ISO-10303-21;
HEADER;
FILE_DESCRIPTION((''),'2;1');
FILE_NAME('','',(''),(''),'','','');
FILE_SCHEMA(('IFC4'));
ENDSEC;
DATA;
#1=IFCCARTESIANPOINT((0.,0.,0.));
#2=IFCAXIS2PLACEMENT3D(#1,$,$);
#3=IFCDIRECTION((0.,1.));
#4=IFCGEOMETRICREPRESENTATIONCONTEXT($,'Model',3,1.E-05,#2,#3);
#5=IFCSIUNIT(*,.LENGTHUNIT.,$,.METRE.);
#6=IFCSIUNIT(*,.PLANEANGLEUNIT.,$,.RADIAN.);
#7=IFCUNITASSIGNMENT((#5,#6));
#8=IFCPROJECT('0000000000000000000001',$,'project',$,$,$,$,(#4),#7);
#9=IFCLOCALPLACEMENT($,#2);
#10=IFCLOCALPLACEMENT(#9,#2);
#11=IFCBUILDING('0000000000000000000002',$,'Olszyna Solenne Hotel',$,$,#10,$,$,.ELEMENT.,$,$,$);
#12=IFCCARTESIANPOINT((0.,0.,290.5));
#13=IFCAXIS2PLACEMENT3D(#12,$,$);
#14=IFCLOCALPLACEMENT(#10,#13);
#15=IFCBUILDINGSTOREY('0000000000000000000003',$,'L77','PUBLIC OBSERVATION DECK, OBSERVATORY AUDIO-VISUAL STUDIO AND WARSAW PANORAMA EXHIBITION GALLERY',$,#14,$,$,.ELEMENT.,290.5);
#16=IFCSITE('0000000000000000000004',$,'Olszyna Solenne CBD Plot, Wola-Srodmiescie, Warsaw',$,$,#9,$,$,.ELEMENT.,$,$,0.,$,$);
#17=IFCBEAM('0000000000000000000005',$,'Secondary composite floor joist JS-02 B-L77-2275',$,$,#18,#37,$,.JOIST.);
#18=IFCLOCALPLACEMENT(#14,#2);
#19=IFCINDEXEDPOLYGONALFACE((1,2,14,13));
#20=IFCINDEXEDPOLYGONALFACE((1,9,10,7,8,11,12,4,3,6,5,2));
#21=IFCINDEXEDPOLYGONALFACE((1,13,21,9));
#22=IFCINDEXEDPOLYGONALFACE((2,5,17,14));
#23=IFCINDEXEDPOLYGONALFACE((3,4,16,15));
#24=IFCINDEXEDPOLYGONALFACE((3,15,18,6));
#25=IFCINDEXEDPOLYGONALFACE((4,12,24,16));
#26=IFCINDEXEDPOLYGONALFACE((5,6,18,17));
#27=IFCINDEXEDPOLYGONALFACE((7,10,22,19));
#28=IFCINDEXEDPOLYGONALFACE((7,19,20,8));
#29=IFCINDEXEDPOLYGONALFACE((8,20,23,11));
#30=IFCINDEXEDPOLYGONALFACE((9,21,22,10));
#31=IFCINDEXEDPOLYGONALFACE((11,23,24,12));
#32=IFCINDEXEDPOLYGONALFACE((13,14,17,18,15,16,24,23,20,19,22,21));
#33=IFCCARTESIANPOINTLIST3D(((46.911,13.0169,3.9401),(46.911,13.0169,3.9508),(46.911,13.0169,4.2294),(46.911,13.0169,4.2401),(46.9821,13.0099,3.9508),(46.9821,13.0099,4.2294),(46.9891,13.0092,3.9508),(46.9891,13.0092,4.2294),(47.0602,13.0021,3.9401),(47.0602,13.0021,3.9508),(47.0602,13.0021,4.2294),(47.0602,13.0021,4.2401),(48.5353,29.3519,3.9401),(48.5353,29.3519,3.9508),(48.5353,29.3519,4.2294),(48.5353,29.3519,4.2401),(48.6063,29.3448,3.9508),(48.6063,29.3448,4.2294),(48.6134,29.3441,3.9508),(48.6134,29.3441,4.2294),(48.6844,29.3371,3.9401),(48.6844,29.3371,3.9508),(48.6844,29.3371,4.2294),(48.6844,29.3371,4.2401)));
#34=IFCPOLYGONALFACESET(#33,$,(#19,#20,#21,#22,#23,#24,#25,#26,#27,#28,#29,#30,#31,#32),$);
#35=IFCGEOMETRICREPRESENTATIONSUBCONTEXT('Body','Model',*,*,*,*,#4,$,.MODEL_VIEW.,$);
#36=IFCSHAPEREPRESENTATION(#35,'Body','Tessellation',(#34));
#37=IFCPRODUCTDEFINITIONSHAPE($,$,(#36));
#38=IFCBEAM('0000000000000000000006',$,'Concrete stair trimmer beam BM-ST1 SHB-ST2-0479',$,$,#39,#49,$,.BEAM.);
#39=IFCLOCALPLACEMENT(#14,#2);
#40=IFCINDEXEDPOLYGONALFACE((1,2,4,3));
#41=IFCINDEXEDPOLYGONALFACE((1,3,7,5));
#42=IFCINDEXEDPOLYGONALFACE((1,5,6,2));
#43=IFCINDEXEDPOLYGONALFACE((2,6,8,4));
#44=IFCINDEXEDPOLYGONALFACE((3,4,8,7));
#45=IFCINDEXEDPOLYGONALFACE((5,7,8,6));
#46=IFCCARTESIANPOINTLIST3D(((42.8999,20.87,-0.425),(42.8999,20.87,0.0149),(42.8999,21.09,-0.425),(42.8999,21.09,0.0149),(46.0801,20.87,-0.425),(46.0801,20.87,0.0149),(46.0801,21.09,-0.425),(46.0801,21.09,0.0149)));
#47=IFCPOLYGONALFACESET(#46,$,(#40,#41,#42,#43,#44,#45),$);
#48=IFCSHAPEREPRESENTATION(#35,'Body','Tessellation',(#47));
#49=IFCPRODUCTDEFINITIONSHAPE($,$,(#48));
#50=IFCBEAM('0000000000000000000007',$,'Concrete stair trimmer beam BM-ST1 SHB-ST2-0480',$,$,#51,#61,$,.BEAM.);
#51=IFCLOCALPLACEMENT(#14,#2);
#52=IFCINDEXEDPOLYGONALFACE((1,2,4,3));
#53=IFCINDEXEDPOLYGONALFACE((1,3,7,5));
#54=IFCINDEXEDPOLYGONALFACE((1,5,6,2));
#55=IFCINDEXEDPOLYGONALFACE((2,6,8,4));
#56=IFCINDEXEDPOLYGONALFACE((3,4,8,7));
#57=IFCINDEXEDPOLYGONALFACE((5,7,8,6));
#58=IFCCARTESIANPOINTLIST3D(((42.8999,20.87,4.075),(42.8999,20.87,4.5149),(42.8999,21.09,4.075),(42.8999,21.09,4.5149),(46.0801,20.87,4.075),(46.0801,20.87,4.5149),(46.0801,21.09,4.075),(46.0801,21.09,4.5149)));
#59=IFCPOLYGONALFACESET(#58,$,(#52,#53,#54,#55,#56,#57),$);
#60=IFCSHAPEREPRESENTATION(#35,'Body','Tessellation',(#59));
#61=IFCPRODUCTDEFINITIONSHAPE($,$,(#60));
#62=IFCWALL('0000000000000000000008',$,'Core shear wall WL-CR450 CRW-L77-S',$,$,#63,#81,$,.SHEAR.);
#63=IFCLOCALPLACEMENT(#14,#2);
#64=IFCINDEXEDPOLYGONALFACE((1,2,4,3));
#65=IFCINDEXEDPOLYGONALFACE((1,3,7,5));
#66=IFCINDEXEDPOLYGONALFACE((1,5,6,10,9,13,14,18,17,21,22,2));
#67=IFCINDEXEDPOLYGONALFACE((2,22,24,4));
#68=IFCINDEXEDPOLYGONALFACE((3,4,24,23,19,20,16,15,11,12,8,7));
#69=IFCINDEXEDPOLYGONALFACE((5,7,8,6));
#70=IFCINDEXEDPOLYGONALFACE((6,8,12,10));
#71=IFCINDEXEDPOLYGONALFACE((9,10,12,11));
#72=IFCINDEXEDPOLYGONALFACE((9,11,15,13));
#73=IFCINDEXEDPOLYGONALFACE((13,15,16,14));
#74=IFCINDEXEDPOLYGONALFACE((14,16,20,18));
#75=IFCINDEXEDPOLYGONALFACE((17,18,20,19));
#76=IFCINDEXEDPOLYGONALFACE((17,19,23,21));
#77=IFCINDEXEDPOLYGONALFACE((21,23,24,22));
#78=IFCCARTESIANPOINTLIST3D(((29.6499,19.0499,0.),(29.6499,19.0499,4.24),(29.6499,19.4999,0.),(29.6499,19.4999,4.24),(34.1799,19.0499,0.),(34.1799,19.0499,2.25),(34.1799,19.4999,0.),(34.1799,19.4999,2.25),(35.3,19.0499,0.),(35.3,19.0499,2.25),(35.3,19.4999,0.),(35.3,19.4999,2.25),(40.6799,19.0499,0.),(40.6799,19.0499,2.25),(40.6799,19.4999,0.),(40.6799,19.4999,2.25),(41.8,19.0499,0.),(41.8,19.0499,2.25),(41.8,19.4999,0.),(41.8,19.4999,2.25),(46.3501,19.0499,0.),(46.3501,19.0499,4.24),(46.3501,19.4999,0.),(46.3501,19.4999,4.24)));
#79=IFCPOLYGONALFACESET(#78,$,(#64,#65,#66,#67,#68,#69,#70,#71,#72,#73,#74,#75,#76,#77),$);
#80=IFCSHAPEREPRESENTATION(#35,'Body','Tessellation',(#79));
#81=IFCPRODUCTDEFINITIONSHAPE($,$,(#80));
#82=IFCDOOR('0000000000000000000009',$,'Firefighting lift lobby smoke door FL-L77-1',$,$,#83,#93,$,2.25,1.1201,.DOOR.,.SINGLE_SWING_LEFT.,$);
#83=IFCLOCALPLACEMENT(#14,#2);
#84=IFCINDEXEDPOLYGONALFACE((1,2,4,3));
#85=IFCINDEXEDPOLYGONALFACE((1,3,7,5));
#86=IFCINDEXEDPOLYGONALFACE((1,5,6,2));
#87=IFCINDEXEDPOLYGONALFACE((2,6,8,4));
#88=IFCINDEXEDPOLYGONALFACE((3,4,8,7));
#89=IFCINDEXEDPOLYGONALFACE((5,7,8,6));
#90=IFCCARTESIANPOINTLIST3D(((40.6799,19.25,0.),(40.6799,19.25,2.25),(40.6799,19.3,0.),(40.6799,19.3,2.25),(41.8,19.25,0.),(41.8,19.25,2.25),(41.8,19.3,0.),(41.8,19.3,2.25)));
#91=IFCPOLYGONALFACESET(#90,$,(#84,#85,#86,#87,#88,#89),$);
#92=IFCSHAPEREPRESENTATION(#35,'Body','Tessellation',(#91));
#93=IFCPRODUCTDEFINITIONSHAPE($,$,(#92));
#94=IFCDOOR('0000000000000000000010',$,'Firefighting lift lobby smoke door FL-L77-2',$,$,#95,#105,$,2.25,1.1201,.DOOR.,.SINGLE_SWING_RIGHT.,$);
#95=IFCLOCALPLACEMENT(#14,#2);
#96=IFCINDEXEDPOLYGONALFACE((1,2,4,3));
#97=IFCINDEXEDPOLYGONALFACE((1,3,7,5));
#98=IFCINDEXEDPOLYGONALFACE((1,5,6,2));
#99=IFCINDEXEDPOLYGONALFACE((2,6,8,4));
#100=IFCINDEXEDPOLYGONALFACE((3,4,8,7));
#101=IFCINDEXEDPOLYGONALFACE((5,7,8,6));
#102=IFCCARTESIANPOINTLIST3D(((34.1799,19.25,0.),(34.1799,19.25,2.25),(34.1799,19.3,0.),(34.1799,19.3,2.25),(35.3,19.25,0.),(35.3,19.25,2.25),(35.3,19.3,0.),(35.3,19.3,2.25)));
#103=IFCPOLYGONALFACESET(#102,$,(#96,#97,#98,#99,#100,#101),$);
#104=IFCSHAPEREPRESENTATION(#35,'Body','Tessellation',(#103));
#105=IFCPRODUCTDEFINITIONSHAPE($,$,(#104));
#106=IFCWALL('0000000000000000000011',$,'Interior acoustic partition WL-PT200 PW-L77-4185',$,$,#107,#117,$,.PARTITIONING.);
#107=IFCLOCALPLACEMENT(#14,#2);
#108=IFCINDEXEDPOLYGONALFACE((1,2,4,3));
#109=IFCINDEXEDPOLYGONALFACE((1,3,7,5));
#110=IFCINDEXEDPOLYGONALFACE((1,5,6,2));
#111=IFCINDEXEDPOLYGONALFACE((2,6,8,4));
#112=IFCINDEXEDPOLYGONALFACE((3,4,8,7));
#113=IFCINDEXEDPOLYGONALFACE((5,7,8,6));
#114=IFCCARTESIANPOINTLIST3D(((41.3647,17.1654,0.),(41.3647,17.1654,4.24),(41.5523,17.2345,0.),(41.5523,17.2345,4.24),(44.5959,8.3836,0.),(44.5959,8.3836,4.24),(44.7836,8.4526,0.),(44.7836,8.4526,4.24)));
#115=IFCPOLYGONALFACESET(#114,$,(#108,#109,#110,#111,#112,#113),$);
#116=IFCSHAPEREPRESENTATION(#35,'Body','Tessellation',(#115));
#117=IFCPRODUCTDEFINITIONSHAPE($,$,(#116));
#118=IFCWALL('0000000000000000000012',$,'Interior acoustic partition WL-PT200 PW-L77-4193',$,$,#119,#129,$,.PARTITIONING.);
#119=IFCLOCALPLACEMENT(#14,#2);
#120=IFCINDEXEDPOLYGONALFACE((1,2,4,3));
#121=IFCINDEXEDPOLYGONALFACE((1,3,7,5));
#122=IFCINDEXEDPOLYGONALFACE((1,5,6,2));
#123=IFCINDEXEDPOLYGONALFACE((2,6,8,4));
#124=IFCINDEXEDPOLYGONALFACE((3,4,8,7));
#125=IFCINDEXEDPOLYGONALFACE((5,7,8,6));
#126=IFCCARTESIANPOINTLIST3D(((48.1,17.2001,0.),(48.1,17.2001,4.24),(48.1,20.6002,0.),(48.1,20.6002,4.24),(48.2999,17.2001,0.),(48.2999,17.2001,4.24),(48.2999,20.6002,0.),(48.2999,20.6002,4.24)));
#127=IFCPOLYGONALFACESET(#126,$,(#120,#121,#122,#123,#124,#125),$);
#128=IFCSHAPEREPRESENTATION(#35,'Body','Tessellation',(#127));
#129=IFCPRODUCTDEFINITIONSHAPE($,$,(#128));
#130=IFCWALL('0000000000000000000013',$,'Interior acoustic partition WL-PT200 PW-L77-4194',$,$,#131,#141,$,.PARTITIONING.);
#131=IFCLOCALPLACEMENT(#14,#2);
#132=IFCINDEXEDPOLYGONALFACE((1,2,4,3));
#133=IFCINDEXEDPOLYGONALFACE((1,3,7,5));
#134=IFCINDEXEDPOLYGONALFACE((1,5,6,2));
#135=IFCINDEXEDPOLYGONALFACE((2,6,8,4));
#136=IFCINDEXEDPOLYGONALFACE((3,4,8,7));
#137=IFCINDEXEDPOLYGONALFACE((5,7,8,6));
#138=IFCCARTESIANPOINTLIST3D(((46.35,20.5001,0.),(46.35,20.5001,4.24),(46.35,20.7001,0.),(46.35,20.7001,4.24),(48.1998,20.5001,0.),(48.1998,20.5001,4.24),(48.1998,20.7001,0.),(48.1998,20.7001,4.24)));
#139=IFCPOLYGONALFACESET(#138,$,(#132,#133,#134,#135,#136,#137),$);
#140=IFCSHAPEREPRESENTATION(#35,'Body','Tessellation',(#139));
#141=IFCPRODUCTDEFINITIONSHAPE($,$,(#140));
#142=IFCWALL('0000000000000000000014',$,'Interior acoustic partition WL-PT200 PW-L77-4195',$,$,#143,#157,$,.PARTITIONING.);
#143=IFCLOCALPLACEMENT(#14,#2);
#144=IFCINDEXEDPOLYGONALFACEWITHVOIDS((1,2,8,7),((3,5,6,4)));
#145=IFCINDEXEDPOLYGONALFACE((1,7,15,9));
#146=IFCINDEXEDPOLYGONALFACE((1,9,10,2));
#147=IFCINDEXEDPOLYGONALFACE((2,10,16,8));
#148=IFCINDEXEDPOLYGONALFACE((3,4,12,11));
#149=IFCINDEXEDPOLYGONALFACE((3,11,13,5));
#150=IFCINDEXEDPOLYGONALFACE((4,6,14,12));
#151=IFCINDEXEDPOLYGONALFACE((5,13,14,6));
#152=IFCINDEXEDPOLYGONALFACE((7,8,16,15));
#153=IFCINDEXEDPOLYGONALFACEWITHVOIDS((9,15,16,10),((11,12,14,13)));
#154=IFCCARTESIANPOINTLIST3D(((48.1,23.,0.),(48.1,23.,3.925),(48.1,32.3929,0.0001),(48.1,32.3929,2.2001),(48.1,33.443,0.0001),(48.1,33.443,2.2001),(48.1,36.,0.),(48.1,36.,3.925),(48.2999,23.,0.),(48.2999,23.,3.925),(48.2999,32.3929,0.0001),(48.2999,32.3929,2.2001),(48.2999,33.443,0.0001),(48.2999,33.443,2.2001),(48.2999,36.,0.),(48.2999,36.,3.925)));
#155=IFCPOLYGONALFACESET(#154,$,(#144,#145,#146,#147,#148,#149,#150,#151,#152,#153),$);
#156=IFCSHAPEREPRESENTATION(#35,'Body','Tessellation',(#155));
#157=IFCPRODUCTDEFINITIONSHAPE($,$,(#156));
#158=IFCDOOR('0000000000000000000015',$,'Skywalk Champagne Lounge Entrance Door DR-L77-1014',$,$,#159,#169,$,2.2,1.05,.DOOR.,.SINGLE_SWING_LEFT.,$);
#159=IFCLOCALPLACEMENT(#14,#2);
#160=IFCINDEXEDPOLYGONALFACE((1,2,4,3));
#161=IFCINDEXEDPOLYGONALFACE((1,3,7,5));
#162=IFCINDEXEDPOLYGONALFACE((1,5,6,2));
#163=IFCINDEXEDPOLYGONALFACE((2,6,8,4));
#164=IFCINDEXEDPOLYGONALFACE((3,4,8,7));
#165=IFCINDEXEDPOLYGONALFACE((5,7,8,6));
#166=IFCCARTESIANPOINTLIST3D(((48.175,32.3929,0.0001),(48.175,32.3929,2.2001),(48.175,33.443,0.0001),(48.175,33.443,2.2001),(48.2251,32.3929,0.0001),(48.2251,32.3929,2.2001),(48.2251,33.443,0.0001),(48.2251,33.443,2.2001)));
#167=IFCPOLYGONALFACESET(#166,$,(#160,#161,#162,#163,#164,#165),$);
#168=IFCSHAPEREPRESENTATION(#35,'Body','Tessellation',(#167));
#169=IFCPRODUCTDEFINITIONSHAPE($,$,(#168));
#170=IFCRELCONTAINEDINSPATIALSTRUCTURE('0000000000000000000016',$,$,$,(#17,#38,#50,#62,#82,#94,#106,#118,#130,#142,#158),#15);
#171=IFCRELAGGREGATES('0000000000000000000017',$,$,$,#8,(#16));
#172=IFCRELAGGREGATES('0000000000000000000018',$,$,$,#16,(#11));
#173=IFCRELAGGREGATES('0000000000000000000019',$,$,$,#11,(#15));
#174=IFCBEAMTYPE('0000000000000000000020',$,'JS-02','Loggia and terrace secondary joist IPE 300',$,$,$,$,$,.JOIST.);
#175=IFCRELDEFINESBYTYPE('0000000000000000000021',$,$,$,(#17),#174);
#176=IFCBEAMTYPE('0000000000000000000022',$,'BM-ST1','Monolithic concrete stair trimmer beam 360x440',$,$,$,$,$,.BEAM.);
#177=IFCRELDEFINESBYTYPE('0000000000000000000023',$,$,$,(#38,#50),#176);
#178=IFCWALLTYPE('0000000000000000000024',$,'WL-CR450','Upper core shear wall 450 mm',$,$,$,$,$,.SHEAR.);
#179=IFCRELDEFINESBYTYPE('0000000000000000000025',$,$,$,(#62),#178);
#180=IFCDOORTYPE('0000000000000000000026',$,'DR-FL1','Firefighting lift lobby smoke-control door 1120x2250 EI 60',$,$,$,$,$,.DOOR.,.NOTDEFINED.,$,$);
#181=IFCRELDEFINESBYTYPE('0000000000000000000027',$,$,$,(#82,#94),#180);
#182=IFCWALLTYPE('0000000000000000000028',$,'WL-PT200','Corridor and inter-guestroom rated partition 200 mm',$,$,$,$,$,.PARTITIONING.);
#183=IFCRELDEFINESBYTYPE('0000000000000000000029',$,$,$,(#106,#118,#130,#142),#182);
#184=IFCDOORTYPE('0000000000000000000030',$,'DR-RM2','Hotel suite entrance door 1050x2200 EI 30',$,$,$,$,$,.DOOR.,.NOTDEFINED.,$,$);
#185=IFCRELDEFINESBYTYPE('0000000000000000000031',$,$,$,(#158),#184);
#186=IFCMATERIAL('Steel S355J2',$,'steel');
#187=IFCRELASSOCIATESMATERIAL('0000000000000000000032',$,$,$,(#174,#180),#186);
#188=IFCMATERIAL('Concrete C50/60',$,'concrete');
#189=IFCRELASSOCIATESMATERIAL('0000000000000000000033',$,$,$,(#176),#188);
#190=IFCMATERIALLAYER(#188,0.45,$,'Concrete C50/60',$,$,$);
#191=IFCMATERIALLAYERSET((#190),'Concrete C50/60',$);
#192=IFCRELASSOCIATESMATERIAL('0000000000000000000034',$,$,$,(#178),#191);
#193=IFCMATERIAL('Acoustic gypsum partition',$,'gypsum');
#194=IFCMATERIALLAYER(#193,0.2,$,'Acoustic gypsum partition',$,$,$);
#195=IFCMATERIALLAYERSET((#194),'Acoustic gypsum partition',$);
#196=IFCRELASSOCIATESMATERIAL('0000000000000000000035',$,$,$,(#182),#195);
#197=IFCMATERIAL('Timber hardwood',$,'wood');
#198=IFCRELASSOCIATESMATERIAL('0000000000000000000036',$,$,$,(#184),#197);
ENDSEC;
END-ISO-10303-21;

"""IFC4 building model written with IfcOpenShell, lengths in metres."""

from ifc_helpers import new_model, si_unit, direction, frame, frame_2d, origin, origin_2d, place, context, subcontext, project, spatial, rectangle, i_section, extrude, source, transform, mapped, material, layer, layer_set, material_profile, profile_set, type_object, type_shapes, element, fill, save


model = new_model("IFC4")

# Units and contexts
model_context = context("Model", 3, precision=1e-05, world=origin(), true_north=direction((0.0, 1.0)))
body_context = subcontext(model_context, "Body", "Model", "MODEL_VIEW")
ifc_project = project(units=[si_unit("LENGTHUNIT", "METRE"), si_unit("PLANEANGLEUNIT", "RADIAN")], contexts=[model_context])

# Site, building, storey
site_placement = place(None, origin())
site = spatial("IfcSite", under=ifc_project, at=site_placement, Name="Olszyna Solenne CBD Plot, Wola-Srodmiescie, Warsaw", CompositionType="ELEMENT", RefElevation=0.0)
building_placement = place(site_placement, origin())
building = spatial("IfcBuilding", under=site, at=building_placement, Name="Olszyna Solenne Hotel", CompositionType="ELEMENT")
storey_placement = place(building_placement, frame((0.0, 0.0, 290.5)))
storey = spatial("IfcBuildingStorey", under=building, at=storey_placement, Name="L77", Description="PUBLIC OBSERVATION DECK, OBSERVATORY AUDIO-VISUAL STUDIO AND WARSAW PANORAMA EXHIBITION GALLERY", CompositionType="ELEMENT", Elevation=290.5)

# Beams
ifc_material_1 = material(Name="Steel S355J2", Category="steel")
ifc_material_profile_1 = material_profile(ifc_material_1, i_section(OverallWidth=0.1499, OverallDepth=0.3, WebThickness=0.0071, FlangeThickness=0.0107, at=origin_2d()), Name="IPE 300", Category="load-bearing")
ifc_profile_set_1 = profile_set([ifc_material_profile_1], Name="Steel S355J2")
beam_type_1 = type_object("IfcBeamType", Name="JS-02", Description="Loggia and terrace secondary joist IPE 300", PredefinedType="JOIST", material=ifc_profile_set_1)
shared_shape_1 = source(origin(), body_context, "Body", "SweptSolid", [
    extrude(i_section(OverallWidth=0.1499, OverallDepth=0.3, WebThickness=0.0071, FlangeThickness=0.0107, at=origin_2d()), origin(), (0.0, 0.0, 1.0), 16.4155),
])
beam_placement = place(storey_placement, frame((46.9856, 13.0095, 4.0901), z_axis=(0.098947, 0.995093, 0.0), x_axis=(-0.995093, 0.098947, 0.0)))
element("IfcBeam", 1, at=beam_placement, inside=storey, type_object=beam_type_1, Name="Secondary composite floor joist JS-02 B-L77-2275", PredefinedType="JOIST", context=body_context, shape_type="MappedRepresentation", body=[
    mapped(shared_shape_1, transform((0.0, 0.0, 0.0), x_axis=(1.0, 0.0, 0.0), y_axis=(0.0, 1.0, 0.0), z_axis=(0.0, 0.0, 1.0), scale=1.0)),
])
ifc_material_2 = material(Name="Concrete C50/60", Category="concrete")
ifc_material_profile_2 = material_profile(ifc_material_2, rectangle(XDim=0.22, YDim=0.4399, at=origin_2d()), Name="RC 220x440", Category="load-bearing")
ifc_profile_set_2 = profile_set([ifc_material_profile_2], Name="Concrete C50/60")
beam_type_2 = type_object("IfcBeamType", Name="BM-ST1", Description="Monolithic concrete stair trimmer beam 360x440", PredefinedType="BEAM", material=ifc_profile_set_2)
shared_shape_2 = source(origin(), body_context, "Body", "SweptSolid", [
    extrude(rectangle(XDim=0.22, YDim=0.4399, at=origin_2d()), origin(), (0.0, 0.0, 1.0), 3.1802),
])
for number, where, z_axis, x_axis, name in (
    (2, (46.0801, 20.98, -0.2051), (-1.0, 0.0, 0.0), (0.0, -1.0, 0.0), "Concrete stair trimmer beam BM-ST1 SHB-ST2-0479"),
    (3, (46.0801, 20.98, 4.2949), (-1.0, 0.0, 0.0), (0.0, -1.0, 0.0), "Concrete stair trimmer beam BM-ST1 SHB-ST2-0480"),
):
    element("IfcBeam", number, at=place(storey_placement, frame(where, z_axis=z_axis, x_axis=x_axis)), inside=storey, type_object=beam_type_2, Name=name, PredefinedType="BEAM", context=body_context, shape_type="MappedRepresentation", body=[
        mapped(shared_shape_2, transform((0.0, 0.0, 0.0), x_axis=(1.0, 0.0, 0.0), y_axis=(0.0, 1.0, 0.0), z_axis=(0.0, 0.0, 1.0), scale=1.0)),
    ])

# Wall, openings, doors
ifc_layer_1 = layer(ifc_material_2, 0.45, Name="Concrete C50/60")
ifc_layer_set_1 = layer_set([ifc_layer_1], Name="Concrete C50/60")
wall_type_1 = type_object("IfcWallType", Name="WL-CR450", Description="Upper core shear wall 450 mm", PredefinedType="SHEAR", material=ifc_layer_set_1)
wall_1_placement = place(storey_placement, frame((46.3501, 19.2749, 0.0), z_axis=(0.0, 0.0, 1.0), x_axis=(-1.0, 0.0, 0.0)))
wall_1 = element("IfcWall", 4, at=wall_1_placement, inside=storey, type_object=wall_type_1, Name="Core shear wall WL-CR450 CRW-L77-S", PredefinedType="SHEAR", context=body_context, shape_type="SweptSolid", body=[
    extrude(rectangle(XDim=16.7002, YDim=0.45, at=frame_2d((8.3501, 0.0))), origin(), (0.0, 0.0, 1.0), 4.24),
])
opening_1_placement = place(wall_1_placement, frame((4.55, 0.0, 0.0)))
opening_1 = element("IfcOpeningElement", 5, at=opening_1_placement, cuts=wall_1, PredefinedType="OPENING", context=body_context, shape_type="SweptSolid", body=[
    extrude(rectangle(XDim=1.1201, YDim=2.25, at=frame_2d((0.5601, 1.125))), frame((0.0, 0.2349, 0.0), z_axis=(0.0, -1.0, 0.0), x_axis=(1.0, 0.0, 0.0)), (0.0, 0.0, 1.0), 0.47),
])
opening_2_placement = place(wall_1_placement, frame((11.05, 0.0, 0.0)))
opening_2 = element("IfcOpeningElement", 6, at=opening_2_placement, cuts=wall_1, PredefinedType="OPENING", context=body_context, shape_type="SweptSolid", body=[
    extrude(rectangle(XDim=1.1201, YDim=2.25, at=frame_2d((0.5601, 1.125))), frame((0.0, 0.2349, 0.0), z_axis=(0.0, -1.0, 0.0), x_axis=(1.0, 0.0, 0.0)), (0.0, 0.0, 1.0), 0.47),
])
door_type_1 = type_object("IfcDoorType", Name="DR-FL1", Description="Firefighting lift lobby smoke-control door 1120x2250 EI 60", OperationType="NOTDEFINED", PredefinedType="DOOR", material=ifc_material_1)
shared_shape_3 = source(origin(), body_context, "Body", "SweptSolid", [
    extrude(rectangle(XDim=1.1201, YDim=2.25, at=frame_2d((0.5601, 1.125))), frame((0.0, 0.0249, 0.0), z_axis=(0.0, -1.0, 0.0), x_axis=(1.0, 0.0, 0.0)), (0.0, 0.0, 1.0), 0.05),
])
type_shapes(door_type_1, [shared_shape_3])
door_1_placement = place(opening_1_placement, origin())
door_1 = element("IfcDoor", 7, at=door_1_placement, inside=storey, type_object=door_type_1, Name="Firefighting lift lobby smoke door FL-L77-1", OperationType="SINGLE_SWING_LEFT", OverallHeight=2.25, OverallWidth=1.1201, PredefinedType="DOOR", context=body_context, shape_type="MappedRepresentation", body=[
    mapped(shared_shape_3, transform((0.0, 0.0, 0.0), x_axis=(1.0, 0.0, 0.0), y_axis=(0.0, 1.0, 0.0), z_axis=(0.0, 0.0, 1.0), scale=1.0)),
])
fill(opening_1, door_1)
door_2_placement = place(opening_2_placement, origin())
door_2 = element("IfcDoor", 8, at=door_2_placement, inside=storey, type_object=door_type_1, Name="Firefighting lift lobby smoke door FL-L77-2", OperationType="SINGLE_SWING_RIGHT", OverallHeight=2.25, OverallWidth=1.1201, PredefinedType="DOOR", context=body_context, shape_type="MappedRepresentation", body=[
    mapped(shared_shape_3, transform((0.0, 0.0, 0.0), x_axis=(1.0, 0.0, 0.0), y_axis=(0.0, 1.0, 0.0), z_axis=(0.0, 0.0, 1.0), scale=1.0)),
])
fill(opening_2, door_2)

# Walls
ifc_material_3 = material(Name="Acoustic gypsum partition", Category="gypsum")
ifc_layer_2 = layer(ifc_material_3, 0.2, Name="Acoustic gypsum partition")
ifc_layer_set_2 = layer_set([ifc_layer_2], Name="Acoustic gypsum partition")
wall_type_2 = type_object("IfcWallType", Name="WL-PT200", Description="Corridor and inter-guestroom rated partition 200 mm", PredefinedType="PARTITIONING", material=ifc_layer_set_2)
wall_2_placement = place(storey_placement, frame((41.4585, 17.2, 0.0), z_axis=(0.0, 0.0, 1.0), x_axis=(0.345312, -0.938488, 0.0)))
element("IfcWall", 9, at=wall_2_placement, inside=storey, type_object=wall_type_2, Name="Interior acoustic partition WL-PT200 PW-L77-4185", PredefinedType="PARTITIONING", context=body_context, shape_type="SweptSolid", body=[
    extrude(rectangle(XDim=9.3574, YDim=0.2, at=frame_2d((4.6787, 0.0))), origin(), (0.0, 0.0, 1.0), 4.24),
])
wall_3_placement = place(storey_placement, frame((48.2, 17.2, 0.0), z_axis=(0.0, 0.0, 1.0), x_axis=(0.0, 1.0, 0.0)))
element("IfcWall", 10, at=wall_3_placement, inside=storey, type_object=wall_type_2, Name="Interior acoustic partition WL-PT200 PW-L77-4193", PredefinedType="PARTITIONING", context=body_context, shape_type="SweptSolid", body=[
    extrude(rectangle(XDim=3.4001, YDim=0.2, at=frame_2d((1.7002, 0.0))), origin(), (0.0, 0.0, 1.0), 4.24),
])
wall_4_placement = place(storey_placement, frame((46.3501, 20.6001, 0.0), z_axis=(0.0, 0.0, 1.0), x_axis=(1.0, 0.0, 0.0)))
element("IfcWall", 11, at=wall_4_placement, inside=storey, type_object=wall_type_2, Name="Interior acoustic partition WL-PT200 PW-L77-4194", PredefinedType="PARTITIONING", context=body_context, shape_type="SweptSolid", body=[
    extrude(rectangle(XDim=1.8499, YDim=0.2, at=frame_2d((0.9248, 0.0))), origin(), (0.0, 0.0, 1.0), 4.24),
])

# Wall, opening, door
wall_5_placement = place(storey_placement, frame((48.2, 23.0, 0.0), z_axis=(0.0, 0.0, 1.0), x_axis=(0.0, 1.0, 0.0)))
wall_5 = element("IfcWall", 12, at=wall_5_placement, inside=storey, type_object=wall_type_2, Name="Interior acoustic partition WL-PT200 PW-L77-4195", PredefinedType="PARTITIONING", context=body_context, shape_type="SweptSolid", body=[
    extrude(rectangle(XDim=13.0, YDim=0.2, at=frame_2d((6.5, 0.0))), origin(), (0.0, 0.0, 1.0), 3.925),
])
opening_3_placement = place(wall_5_placement, frame((9.3931, 0.0, 0.0)))
opening_3 = element("IfcOpeningElement", 13, at=opening_3_placement, cuts=wall_5, PredefinedType="OPENING", context=body_context, shape_type="SweptSolid", body=[
    extrude(rectangle(XDim=1.05, YDim=2.2, at=frame_2d((0.5249, 1.1001))), frame((0.0, 0.1099, 0.0), z_axis=(0.0, -1.0, 0.0), x_axis=(1.0, 0.0, 0.0)), (0.0, 0.0, 1.0), 0.22),
])
ifc_material_4 = material(Name="Timber hardwood", Category="wood")
door_type_2 = type_object("IfcDoorType", Name="DR-RM2", Description="Hotel suite entrance door 1050x2200 EI 30", OperationType="NOTDEFINED", PredefinedType="DOOR", material=ifc_material_4)
shared_shape_4 = source(origin(), body_context, "Body", "SweptSolid", [
    extrude(rectangle(XDim=1.05, YDim=2.2, at=frame_2d((0.5249, 1.1001))), frame((0.0, 0.0249, 0.0), z_axis=(0.0, -1.0, 0.0), x_axis=(1.0, 0.0, 0.0)), (0.0, 0.0, 1.0), 0.05),
])
type_shapes(door_type_2, [shared_shape_4])
door_3_placement = place(opening_3_placement, origin())
door_3 = element("IfcDoor", 14, at=door_3_placement, inside=storey, type_object=door_type_2, Name="Skywalk Champagne Lounge Entrance Door DR-L77-1014", OperationType="SINGLE_SWING_LEFT", OverallHeight=2.2, OverallWidth=1.05, PredefinedType="DOOR", context=body_context, shape_type="MappedRepresentation", body=[
    mapped(shared_shape_4, transform((0.0, 0.0, 0.0), x_axis=(1.0, 0.0, 0.0), y_axis=(0.0, 1.0, 0.0), z_axis=(0.0, 0.0, 1.0), scale=1.0)),
])
fill(opening_3, door_3)

save(model, "model.ifc")
